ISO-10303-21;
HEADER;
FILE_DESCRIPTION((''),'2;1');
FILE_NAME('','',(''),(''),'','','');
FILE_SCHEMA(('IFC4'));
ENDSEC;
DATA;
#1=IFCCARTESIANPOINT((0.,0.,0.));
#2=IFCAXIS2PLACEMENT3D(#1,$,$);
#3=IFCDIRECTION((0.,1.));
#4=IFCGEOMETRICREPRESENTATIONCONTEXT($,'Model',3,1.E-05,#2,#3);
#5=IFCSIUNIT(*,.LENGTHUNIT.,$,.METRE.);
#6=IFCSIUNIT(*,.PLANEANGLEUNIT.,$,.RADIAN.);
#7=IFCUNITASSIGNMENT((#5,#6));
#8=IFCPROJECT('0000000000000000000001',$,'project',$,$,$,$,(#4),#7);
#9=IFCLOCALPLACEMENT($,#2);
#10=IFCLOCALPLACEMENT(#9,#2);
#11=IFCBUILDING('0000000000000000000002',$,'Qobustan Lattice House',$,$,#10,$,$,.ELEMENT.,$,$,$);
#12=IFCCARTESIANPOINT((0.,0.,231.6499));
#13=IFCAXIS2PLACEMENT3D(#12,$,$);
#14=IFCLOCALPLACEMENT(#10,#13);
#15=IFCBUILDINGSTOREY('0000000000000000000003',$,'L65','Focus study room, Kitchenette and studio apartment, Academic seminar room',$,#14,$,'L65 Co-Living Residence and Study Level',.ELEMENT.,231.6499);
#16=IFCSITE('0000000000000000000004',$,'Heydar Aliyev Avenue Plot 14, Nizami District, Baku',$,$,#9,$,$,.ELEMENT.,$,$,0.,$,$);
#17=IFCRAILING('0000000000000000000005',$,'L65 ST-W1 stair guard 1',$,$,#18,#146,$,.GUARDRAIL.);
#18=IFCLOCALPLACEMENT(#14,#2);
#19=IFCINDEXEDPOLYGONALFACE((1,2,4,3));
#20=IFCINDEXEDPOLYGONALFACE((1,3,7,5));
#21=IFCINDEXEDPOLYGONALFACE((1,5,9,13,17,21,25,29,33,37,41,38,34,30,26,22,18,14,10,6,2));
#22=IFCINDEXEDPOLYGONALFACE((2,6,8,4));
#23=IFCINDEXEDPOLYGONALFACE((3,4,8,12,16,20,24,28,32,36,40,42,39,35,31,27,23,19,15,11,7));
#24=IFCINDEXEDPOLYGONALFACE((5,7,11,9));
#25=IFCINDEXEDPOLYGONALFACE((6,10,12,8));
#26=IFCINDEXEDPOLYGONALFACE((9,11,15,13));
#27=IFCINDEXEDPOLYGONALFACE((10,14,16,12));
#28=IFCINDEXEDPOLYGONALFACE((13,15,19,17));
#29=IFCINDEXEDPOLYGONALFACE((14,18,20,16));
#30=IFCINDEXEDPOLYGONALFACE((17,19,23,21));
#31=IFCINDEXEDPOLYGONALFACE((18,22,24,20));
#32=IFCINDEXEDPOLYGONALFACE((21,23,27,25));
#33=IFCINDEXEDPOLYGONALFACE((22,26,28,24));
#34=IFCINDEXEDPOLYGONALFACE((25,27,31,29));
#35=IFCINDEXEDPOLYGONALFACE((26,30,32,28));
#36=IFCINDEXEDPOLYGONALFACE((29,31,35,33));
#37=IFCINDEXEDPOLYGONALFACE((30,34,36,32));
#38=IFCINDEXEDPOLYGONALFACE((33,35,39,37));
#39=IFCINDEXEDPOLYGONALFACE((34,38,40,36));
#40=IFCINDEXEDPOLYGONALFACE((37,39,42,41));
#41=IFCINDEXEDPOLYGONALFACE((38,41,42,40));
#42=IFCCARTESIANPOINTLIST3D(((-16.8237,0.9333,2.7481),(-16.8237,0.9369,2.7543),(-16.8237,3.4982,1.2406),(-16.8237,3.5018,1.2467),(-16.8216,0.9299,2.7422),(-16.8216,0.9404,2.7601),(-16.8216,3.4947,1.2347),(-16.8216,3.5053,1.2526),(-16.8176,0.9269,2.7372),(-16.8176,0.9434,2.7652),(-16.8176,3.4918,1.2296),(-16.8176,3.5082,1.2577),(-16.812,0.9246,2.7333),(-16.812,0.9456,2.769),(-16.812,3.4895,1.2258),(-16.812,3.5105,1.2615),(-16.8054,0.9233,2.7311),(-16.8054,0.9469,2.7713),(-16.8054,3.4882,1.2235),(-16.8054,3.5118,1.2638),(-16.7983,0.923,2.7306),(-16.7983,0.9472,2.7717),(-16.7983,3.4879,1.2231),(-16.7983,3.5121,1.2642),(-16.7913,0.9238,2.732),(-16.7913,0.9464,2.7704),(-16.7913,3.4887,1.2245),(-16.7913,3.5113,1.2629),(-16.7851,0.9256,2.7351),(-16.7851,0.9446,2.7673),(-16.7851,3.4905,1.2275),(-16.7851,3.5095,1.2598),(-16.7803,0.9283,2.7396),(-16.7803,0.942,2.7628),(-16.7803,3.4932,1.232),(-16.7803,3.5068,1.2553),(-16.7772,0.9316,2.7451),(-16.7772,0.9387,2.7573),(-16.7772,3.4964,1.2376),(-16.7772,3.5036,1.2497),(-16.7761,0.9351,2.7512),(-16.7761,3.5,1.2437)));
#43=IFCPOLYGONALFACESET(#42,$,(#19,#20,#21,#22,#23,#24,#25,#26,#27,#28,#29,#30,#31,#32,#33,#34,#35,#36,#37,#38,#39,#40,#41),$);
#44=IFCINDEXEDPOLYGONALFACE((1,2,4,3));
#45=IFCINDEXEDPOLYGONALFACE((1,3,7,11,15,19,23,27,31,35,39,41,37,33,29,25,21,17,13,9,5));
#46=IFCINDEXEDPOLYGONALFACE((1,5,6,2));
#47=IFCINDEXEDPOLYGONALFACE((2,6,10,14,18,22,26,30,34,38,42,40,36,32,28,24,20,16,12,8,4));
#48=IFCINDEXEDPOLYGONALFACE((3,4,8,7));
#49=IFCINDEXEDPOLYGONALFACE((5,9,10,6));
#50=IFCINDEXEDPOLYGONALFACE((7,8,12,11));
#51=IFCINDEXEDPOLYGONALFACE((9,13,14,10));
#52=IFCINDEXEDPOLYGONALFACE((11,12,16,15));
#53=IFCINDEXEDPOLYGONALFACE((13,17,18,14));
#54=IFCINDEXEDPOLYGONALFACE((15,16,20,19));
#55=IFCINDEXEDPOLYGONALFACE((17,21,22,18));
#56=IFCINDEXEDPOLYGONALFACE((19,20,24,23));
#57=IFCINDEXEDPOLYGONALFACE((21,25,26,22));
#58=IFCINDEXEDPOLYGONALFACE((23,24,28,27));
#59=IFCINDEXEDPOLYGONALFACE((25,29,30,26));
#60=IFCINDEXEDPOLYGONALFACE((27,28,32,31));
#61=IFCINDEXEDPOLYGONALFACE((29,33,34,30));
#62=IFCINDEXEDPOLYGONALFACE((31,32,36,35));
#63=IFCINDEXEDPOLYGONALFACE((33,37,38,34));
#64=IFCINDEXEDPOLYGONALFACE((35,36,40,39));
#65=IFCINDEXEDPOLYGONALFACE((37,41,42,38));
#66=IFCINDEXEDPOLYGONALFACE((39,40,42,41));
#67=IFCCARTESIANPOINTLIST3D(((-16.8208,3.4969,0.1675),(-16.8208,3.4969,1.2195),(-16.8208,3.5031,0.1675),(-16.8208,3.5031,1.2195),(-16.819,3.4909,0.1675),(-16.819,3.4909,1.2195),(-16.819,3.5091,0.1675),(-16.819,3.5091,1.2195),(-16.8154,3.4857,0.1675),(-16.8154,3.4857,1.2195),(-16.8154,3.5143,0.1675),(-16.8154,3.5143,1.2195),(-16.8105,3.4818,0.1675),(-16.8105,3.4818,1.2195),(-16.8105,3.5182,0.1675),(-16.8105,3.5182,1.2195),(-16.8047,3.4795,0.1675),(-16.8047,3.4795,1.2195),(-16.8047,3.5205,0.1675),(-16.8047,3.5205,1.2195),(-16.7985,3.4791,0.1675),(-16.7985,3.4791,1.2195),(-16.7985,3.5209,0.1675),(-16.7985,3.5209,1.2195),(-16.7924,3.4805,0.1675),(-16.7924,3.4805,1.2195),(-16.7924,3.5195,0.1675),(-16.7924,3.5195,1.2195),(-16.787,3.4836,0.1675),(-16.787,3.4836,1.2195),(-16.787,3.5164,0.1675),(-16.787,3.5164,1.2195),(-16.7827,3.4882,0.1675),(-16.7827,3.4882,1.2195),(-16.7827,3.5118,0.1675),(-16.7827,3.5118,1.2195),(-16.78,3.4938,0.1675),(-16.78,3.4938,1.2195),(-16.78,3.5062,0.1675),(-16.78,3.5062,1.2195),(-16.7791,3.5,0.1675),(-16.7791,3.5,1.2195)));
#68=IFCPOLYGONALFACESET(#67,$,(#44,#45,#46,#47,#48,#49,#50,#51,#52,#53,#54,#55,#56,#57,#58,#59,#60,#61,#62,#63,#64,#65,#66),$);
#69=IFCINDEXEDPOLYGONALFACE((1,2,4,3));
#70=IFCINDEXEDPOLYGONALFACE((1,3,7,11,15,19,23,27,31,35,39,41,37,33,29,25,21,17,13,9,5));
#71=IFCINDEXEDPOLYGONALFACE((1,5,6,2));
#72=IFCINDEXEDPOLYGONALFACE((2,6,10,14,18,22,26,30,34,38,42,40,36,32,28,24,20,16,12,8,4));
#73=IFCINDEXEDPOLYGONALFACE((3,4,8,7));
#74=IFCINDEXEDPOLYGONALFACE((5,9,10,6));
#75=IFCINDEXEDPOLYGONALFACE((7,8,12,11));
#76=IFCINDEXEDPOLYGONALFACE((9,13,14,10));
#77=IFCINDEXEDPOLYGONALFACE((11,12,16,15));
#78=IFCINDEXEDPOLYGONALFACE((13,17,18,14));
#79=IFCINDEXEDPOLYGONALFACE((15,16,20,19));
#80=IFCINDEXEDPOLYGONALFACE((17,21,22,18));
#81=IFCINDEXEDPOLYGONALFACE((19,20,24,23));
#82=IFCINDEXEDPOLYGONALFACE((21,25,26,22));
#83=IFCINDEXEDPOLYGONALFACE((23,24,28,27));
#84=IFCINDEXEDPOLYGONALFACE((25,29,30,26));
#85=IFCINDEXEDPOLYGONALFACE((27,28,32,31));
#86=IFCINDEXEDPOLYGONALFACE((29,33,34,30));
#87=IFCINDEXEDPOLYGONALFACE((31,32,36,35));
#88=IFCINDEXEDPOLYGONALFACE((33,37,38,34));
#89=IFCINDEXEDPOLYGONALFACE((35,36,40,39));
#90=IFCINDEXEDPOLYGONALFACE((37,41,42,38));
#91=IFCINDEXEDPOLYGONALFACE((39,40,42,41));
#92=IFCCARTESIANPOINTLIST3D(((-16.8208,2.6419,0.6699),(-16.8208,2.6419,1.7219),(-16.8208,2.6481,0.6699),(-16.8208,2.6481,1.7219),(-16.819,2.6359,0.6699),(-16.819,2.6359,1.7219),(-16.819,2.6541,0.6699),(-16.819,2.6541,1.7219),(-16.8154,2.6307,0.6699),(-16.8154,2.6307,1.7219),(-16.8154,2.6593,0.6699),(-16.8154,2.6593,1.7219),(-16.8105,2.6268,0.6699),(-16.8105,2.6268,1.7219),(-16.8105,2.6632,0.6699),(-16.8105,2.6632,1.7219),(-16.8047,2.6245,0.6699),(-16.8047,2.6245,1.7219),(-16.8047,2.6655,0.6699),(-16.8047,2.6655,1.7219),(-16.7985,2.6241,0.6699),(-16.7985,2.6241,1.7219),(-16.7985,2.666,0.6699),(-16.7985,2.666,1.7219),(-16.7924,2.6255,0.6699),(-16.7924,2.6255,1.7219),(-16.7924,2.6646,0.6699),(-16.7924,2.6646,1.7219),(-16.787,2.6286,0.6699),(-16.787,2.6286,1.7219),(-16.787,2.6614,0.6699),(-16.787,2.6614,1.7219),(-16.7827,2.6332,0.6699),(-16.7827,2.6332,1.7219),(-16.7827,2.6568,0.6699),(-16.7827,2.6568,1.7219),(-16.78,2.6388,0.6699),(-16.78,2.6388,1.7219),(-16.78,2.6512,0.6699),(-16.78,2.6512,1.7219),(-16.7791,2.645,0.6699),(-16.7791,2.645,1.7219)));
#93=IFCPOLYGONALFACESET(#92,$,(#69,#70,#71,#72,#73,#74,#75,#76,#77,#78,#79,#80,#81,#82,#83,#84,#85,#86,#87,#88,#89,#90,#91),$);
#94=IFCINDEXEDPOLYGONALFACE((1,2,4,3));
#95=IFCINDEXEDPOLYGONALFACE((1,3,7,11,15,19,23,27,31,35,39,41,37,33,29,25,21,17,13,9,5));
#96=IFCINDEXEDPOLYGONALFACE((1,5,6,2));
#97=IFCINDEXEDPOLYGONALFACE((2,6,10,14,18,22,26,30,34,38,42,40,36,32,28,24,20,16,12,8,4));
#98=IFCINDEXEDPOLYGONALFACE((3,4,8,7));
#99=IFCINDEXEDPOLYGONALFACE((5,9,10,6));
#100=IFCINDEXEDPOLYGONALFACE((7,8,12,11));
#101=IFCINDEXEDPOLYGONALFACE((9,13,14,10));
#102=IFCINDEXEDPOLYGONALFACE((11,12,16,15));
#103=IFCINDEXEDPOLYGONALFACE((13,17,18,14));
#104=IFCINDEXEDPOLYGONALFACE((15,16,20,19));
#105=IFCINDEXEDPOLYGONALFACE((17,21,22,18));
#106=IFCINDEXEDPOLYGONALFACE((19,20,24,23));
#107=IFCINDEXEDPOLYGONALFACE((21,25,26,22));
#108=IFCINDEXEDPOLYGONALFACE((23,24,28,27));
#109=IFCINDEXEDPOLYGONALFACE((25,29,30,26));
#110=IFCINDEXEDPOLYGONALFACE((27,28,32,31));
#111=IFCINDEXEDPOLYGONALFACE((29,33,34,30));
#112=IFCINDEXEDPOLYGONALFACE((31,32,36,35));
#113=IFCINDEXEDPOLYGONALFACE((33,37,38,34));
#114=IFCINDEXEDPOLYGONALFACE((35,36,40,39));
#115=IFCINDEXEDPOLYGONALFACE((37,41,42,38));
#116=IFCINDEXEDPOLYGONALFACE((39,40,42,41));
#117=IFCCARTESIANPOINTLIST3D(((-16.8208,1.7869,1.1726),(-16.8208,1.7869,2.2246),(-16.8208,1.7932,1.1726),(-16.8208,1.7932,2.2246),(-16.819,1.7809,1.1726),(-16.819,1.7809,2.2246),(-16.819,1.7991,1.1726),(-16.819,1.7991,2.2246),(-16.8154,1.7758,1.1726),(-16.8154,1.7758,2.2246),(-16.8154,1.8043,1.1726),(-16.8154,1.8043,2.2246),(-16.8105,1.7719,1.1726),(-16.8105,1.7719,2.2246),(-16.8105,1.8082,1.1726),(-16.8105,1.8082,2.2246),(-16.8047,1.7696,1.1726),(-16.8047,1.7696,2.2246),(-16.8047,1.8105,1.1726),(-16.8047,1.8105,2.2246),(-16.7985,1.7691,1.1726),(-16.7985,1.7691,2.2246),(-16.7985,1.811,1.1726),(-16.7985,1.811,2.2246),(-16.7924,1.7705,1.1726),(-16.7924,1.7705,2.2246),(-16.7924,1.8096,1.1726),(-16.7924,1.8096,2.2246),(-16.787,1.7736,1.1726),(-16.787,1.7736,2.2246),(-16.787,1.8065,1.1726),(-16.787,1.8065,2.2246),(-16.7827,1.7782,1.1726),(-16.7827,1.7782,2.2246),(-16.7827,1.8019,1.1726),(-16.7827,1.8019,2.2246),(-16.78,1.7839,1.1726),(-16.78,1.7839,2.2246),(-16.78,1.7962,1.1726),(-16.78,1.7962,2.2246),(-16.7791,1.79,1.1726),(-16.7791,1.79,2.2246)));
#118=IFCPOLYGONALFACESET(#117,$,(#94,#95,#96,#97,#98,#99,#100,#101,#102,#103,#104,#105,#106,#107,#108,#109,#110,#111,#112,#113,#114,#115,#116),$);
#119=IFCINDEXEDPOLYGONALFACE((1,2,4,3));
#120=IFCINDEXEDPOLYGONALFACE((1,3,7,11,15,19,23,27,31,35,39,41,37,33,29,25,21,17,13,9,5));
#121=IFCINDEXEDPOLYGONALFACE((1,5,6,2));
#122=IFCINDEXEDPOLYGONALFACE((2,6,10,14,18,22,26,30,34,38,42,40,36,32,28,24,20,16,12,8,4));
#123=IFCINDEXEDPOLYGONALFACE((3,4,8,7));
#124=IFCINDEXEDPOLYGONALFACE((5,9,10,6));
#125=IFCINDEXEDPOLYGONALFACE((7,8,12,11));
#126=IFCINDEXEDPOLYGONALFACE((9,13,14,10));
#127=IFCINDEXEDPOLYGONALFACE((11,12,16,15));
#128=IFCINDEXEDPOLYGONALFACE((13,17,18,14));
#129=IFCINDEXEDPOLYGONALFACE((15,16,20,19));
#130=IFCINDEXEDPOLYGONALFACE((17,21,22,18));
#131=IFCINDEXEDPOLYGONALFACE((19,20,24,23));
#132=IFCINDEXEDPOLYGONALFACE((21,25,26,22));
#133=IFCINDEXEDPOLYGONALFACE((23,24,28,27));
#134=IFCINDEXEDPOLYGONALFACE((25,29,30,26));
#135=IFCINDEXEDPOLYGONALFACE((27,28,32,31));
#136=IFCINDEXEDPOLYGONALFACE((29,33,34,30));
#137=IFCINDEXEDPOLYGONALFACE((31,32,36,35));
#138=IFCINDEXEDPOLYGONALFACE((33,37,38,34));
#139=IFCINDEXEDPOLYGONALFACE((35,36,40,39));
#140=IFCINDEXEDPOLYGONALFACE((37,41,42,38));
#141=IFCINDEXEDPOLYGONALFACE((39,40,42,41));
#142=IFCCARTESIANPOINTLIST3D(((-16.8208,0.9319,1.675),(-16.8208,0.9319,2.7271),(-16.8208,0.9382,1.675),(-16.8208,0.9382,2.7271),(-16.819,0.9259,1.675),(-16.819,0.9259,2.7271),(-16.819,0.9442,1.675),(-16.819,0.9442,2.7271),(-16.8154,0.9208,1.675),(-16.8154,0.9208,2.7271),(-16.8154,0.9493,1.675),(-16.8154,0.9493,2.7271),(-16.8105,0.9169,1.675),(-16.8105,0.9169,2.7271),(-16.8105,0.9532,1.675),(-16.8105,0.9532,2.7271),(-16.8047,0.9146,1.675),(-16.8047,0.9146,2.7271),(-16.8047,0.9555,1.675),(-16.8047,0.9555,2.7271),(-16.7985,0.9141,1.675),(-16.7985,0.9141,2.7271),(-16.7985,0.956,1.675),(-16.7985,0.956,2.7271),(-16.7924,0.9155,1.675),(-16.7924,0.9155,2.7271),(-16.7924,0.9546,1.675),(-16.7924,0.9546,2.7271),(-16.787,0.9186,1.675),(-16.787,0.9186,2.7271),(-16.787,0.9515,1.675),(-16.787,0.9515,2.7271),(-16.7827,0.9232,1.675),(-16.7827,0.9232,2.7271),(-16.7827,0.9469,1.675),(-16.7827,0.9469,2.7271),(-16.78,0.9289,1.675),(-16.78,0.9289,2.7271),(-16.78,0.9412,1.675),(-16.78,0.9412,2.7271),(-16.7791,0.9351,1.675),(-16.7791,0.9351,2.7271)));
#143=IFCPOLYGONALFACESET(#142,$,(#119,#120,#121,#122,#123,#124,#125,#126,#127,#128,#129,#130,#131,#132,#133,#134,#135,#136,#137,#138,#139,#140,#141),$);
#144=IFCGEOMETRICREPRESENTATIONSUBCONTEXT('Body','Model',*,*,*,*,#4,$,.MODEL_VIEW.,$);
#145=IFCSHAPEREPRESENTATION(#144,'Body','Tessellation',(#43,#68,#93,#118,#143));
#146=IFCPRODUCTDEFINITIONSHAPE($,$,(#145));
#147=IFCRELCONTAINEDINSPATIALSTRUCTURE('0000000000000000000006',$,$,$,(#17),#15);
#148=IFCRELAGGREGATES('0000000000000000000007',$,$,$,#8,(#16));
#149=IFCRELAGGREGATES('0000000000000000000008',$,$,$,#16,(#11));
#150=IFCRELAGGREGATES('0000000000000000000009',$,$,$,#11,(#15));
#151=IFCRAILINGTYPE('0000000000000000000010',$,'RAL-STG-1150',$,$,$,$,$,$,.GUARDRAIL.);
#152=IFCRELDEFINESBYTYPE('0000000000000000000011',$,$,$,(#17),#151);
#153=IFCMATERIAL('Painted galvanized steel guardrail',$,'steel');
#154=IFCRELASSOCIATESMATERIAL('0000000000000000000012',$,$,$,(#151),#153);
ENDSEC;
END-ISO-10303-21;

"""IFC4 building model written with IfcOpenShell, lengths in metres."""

from ifc_helpers import new_model, si_unit, direction, frame, origin, origin_2d, place, context, subcontext, project, spatial, circle, extrude, material, type_object, element, save


model = new_model("IFC4")

# Units and contexts
model_context = context("Model", 3, precision=1e-05, world=origin(), true_north=direction((0.0, 1.0)))
body_context = subcontext(model_context, "Body", "Model", "MODEL_VIEW")
ifc_project = project(units=[si_unit("LENGTHUNIT", "METRE"), si_unit("PLANEANGLEUNIT", "RADIAN")], contexts=[model_context])

# Site, building, storey
site_placement = place(None, origin())
site = spatial("IfcSite", under=ifc_project, at=site_placement, Name="Heydar Aliyev Avenue Plot 14, Nizami District, Baku", CompositionType="ELEMENT", RefElevation=0.0)
building_placement = place(site_placement, origin())
building = spatial("IfcBuilding", under=site, at=building_placement, Name="Qobustan Lattice House", CompositionType="ELEMENT")
storey_placement = place(building_placement, frame((0.0, 0.0, 231.6499)))
storey = spatial("IfcBuildingStorey", under=building, at=storey_placement, Name="L65", Description="Focus study room, Kitchenette and studio apartment, Academic seminar room", LongName="L65 Co-Living Residence and Study Level", CompositionType="ELEMENT", Elevation=231.6499)

# Railing
ifc_material_1 = material(Name="Painted galvanized steel guardrail", Category="steel")
railing_type_1 = type_object("IfcRailingType", Name="RAL-STG-1150", PredefinedType="GUARDRAIL", material=ifc_material_1)
railing_1_placement = place(storey_placement, frame((-16.8, 3.5, 0.1675)))
element("IfcRailing", 1, at=railing_1_placement, inside=storey, type_object=railing_type_1, Name="L65 ST-W1 stair guard 1", PredefinedType="GUARDRAIL", context=body_context, shape_type="SweptSolid", body=[
    extrude(circle(Radius=0.0239, at=origin_2d()), frame((0.0, 0.0, 1.0762), z_axis=(0.0, -0.862113, 0.506715), x_axis=(1.0, 0.0, 0.0)), (0.0, 0.0, 1.0), 2.9751),
    extrude(circle(Radius=0.021, at=origin_2d()), origin(), (0.0, 0.0, 1.0), 1.052),
    extrude(circle(Radius=0.021, at=origin_2d()), frame((0.0, -0.855, 0.5024)), (0.0, 0.0, 1.0), 1.052),
    extrude(circle(Radius=0.021, at=origin_2d()), frame((0.0, -1.71, 1.0051)), (0.0, 0.0, 1.0), 1.052),
    extrude(circle(Radius=0.021, at=origin_2d()), frame((0.0, -2.5649, 1.5076)), (0.0, 0.0, 1.0), 1.052),
])

save(model, "model.ifc")
